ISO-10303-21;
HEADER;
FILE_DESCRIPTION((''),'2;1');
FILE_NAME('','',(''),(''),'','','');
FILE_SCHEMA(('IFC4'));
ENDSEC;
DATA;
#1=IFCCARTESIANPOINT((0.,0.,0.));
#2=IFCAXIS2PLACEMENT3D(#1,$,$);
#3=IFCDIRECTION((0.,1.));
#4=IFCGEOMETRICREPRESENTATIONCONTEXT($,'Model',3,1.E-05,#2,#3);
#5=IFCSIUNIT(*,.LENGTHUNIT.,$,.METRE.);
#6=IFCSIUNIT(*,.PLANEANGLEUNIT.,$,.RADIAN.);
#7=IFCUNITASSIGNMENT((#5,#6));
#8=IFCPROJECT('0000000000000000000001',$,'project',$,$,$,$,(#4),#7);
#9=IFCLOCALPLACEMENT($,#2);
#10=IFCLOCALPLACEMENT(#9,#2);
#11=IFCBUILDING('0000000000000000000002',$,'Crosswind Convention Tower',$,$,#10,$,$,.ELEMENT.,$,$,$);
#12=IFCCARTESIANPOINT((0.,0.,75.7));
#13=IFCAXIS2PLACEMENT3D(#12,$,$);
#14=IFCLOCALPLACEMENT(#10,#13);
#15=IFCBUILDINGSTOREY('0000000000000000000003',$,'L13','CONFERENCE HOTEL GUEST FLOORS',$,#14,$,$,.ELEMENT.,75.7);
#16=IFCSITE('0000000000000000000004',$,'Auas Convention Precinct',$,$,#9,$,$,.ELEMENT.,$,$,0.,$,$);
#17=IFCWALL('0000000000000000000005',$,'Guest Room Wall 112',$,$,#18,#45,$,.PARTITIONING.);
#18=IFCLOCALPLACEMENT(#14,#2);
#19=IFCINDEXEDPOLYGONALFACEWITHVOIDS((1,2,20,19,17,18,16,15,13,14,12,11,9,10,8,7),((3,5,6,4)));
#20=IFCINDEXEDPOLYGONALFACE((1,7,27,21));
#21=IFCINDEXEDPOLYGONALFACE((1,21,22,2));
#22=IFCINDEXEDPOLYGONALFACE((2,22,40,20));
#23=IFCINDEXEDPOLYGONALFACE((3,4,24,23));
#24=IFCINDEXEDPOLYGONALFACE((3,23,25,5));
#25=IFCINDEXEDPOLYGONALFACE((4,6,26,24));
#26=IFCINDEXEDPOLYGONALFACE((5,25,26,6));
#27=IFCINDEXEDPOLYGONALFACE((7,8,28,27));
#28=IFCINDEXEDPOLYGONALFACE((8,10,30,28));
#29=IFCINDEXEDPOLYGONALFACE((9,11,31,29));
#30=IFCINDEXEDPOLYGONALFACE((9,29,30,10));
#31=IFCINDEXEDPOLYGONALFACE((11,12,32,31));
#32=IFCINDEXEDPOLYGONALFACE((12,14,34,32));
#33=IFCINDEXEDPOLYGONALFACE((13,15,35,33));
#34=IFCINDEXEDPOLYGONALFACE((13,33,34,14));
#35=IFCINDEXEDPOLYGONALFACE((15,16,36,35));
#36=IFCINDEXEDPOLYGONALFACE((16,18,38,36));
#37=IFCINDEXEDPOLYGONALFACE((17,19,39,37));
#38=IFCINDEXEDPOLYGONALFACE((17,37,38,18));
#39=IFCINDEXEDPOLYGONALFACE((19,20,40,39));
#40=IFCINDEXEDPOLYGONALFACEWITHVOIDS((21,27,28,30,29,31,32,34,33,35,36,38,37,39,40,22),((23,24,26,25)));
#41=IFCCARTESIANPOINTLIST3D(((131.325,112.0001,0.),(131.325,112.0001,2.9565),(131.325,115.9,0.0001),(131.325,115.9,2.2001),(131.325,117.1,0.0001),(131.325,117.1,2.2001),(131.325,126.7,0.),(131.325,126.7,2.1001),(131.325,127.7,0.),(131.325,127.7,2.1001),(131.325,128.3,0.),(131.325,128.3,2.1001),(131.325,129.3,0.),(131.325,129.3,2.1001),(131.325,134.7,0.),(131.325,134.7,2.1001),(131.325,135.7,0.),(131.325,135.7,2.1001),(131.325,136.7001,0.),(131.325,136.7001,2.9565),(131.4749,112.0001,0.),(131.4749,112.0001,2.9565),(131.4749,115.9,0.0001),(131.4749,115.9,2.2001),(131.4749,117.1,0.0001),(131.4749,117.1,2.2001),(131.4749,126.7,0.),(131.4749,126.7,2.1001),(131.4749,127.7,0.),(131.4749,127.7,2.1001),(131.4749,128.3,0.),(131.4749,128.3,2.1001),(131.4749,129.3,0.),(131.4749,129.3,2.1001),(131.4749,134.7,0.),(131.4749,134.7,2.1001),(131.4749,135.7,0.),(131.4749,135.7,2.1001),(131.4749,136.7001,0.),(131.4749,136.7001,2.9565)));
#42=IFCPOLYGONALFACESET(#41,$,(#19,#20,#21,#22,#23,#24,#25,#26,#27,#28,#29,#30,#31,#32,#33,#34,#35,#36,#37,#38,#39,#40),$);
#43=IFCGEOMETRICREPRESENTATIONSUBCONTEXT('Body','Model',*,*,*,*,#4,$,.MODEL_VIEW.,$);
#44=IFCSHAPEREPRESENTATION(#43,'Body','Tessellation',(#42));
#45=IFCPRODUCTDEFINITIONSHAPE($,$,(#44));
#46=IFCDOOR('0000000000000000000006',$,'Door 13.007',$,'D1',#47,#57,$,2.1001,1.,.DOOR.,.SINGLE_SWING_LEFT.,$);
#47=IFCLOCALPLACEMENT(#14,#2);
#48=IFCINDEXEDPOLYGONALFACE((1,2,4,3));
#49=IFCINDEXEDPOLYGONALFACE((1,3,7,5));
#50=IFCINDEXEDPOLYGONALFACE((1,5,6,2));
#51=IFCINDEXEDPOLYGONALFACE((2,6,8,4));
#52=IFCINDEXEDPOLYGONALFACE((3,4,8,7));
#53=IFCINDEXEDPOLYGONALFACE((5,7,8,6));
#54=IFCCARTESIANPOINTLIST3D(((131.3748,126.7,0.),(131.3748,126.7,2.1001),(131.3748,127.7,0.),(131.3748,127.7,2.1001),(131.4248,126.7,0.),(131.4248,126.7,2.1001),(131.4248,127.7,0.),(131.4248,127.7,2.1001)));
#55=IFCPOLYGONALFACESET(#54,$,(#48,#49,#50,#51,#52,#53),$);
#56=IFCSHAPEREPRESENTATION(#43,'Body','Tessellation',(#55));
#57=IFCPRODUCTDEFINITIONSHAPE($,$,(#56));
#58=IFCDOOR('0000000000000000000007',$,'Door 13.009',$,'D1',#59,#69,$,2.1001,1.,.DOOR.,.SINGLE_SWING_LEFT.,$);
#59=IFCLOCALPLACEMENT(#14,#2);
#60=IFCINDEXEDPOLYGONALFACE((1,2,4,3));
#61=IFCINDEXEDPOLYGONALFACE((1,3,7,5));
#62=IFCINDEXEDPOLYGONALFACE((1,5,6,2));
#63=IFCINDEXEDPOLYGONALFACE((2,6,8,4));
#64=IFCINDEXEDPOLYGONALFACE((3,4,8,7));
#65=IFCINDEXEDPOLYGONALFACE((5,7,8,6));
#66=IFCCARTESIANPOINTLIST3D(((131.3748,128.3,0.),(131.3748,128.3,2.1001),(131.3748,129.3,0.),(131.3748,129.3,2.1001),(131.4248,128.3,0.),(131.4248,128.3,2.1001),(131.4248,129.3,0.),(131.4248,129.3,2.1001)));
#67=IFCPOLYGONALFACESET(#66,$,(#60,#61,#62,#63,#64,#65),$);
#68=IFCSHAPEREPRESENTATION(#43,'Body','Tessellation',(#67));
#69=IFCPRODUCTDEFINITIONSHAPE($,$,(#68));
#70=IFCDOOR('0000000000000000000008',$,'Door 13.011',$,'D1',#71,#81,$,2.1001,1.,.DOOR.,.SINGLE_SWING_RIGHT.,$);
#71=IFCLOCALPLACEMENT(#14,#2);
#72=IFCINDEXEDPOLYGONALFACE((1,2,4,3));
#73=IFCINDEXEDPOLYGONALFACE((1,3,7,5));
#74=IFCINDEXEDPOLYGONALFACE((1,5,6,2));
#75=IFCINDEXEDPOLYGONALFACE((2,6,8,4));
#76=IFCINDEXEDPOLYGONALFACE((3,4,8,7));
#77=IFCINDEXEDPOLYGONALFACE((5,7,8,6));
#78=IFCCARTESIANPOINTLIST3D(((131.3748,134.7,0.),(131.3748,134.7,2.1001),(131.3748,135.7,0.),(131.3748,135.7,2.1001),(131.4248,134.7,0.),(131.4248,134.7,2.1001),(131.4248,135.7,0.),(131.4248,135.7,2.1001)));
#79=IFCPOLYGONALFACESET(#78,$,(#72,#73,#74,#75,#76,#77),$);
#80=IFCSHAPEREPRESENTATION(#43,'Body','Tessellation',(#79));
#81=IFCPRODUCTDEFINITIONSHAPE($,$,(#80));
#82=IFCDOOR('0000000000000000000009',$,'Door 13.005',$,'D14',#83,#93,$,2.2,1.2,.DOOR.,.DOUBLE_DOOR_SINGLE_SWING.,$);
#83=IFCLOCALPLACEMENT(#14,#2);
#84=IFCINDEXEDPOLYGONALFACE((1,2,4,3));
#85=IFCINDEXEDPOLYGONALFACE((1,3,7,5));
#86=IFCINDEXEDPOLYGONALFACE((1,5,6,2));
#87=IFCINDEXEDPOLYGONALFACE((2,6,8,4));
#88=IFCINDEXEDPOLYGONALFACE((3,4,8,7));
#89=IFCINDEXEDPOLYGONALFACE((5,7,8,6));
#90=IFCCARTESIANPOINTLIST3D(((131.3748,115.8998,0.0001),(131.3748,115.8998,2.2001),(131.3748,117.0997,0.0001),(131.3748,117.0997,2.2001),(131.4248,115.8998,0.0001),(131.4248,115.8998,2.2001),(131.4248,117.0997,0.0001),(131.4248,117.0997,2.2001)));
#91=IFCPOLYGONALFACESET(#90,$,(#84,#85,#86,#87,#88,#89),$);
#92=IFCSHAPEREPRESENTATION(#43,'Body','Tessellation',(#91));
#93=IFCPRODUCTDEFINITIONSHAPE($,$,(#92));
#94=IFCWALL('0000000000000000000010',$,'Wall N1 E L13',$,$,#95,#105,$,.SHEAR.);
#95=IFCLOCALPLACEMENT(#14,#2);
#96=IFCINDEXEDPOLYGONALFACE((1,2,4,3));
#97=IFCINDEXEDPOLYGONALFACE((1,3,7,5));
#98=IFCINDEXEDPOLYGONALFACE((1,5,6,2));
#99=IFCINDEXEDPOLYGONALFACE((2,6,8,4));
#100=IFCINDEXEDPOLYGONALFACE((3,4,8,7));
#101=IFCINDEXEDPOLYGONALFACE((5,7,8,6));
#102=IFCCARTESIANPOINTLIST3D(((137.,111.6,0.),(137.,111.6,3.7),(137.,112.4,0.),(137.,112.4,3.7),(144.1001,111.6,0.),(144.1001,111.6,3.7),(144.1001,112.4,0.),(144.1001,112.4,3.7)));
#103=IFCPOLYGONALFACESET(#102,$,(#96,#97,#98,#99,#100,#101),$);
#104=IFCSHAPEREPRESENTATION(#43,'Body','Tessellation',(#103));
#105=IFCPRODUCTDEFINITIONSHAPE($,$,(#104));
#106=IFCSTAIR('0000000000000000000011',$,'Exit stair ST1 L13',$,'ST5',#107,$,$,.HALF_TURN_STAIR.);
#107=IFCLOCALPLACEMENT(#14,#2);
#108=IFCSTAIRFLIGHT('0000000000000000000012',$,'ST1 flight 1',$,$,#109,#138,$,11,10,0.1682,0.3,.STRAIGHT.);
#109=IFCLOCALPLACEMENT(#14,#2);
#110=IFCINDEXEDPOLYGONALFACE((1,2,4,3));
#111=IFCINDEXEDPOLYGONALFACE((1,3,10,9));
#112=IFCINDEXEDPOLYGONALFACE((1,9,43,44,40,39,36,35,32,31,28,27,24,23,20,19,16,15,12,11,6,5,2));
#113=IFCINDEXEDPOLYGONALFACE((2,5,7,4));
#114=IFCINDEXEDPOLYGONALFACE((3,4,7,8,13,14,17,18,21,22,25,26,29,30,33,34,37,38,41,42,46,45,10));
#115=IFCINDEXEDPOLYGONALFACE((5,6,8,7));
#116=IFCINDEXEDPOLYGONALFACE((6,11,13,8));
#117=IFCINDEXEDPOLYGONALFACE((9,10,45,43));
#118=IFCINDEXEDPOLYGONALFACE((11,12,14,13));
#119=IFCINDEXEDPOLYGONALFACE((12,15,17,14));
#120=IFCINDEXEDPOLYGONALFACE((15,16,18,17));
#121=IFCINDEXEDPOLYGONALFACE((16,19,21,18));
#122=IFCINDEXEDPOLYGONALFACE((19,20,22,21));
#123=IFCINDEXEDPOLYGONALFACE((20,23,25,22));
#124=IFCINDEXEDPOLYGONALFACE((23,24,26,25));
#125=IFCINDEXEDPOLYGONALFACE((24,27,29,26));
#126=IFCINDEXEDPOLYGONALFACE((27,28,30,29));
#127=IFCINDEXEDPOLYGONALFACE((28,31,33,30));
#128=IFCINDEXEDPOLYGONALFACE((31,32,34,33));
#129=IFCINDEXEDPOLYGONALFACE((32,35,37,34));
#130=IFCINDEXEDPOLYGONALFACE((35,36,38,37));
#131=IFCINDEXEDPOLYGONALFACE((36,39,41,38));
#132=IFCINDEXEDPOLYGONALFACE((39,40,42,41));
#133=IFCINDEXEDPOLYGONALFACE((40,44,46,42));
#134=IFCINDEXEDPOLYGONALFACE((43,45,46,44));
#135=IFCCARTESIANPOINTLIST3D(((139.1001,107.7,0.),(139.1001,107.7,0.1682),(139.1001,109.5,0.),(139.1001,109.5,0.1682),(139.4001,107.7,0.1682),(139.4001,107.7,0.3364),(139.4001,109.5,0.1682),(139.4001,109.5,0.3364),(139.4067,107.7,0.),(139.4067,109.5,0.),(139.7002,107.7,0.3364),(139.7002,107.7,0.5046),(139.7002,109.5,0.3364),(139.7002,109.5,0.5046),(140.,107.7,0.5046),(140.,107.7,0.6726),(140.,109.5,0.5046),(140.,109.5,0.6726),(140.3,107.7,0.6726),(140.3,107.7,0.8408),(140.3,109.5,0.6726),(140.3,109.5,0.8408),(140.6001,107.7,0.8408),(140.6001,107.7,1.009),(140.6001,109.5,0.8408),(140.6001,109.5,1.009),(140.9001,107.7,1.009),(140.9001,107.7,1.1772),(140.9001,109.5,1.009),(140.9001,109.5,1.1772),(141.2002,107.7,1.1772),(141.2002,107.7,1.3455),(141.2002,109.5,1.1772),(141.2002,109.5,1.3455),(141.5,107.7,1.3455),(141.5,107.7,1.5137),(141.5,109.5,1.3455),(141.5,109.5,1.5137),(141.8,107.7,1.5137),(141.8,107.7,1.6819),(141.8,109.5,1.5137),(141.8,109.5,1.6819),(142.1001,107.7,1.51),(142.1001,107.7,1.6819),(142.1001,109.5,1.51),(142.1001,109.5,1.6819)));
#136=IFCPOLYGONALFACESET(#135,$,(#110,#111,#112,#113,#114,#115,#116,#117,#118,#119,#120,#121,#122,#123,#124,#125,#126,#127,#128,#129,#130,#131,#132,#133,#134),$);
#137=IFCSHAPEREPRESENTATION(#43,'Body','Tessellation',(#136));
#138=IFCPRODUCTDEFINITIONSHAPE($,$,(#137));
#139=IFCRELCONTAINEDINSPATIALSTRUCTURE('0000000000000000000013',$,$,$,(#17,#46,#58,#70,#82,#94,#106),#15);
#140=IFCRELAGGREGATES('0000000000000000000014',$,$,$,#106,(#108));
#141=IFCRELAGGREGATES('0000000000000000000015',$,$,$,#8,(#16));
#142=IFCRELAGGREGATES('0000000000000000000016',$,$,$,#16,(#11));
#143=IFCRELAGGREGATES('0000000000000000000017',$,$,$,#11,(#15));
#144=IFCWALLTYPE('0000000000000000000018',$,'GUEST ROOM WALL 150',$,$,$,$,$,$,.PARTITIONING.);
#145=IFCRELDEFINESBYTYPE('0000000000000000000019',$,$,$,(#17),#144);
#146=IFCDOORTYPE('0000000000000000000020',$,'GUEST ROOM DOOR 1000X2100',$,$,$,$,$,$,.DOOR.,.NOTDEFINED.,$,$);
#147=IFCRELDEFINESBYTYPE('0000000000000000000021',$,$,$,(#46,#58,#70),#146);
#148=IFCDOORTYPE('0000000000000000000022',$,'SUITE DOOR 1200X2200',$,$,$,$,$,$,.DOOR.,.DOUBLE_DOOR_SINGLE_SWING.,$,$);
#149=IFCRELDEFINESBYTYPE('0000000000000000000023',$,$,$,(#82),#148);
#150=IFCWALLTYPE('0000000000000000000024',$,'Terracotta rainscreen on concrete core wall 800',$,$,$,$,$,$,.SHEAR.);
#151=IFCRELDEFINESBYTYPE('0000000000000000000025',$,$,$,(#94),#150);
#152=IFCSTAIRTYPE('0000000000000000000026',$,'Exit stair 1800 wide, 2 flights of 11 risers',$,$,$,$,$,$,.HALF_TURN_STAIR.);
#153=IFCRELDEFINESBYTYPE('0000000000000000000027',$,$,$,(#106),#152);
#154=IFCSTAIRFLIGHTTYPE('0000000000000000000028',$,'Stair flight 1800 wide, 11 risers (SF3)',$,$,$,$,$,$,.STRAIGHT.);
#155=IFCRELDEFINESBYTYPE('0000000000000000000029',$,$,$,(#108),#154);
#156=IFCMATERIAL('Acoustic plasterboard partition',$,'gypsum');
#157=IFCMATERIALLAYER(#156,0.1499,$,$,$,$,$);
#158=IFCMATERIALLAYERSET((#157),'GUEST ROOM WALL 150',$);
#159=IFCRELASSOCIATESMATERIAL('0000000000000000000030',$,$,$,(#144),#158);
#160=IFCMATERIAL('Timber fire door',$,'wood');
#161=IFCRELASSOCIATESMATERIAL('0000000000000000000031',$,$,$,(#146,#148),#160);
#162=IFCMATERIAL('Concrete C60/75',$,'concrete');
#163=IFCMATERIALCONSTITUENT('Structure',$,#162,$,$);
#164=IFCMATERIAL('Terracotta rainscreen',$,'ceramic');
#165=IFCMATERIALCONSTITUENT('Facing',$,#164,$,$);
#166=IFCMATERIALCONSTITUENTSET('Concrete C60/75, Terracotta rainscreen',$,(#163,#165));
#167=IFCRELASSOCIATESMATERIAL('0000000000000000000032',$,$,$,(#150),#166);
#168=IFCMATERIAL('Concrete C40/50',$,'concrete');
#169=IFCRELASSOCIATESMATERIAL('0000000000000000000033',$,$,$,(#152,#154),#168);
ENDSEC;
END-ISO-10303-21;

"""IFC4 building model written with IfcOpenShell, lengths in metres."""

from ifc_helpers import new_model, si_unit, direction, frame, frame_2d, origin, place, context, subcontext, project, spatial, polyline, rectangle, outline, extrude, material, layer, layer_set, constituent, constituent_set, type_object, element, fill, aggregate, save


model = new_model("IFC4")

# Units and contexts
model_context = context("Model", 3, precision=1e-05, world=origin(), true_north=direction((0.0, 1.0)))
body_context = subcontext(model_context, "Body", "Model", "MODEL_VIEW")
ifc_project = project(units=[si_unit("LENGTHUNIT", "METRE"), si_unit("PLANEANGLEUNIT", "RADIAN")], contexts=[model_context])

# Site, building, storey
site_placement = place(None, origin())
site = spatial("IfcSite", under=ifc_project, at=site_placement, Name="Auas Convention Precinct", CompositionType="ELEMENT", RefElevation=0.0)
building_placement = place(site_placement, origin())
building = spatial("IfcBuilding", under=site, at=building_placement, Name="Crosswind Convention Tower", CompositionType="ELEMENT")
storey_placement = place(building_placement, frame((0.0, 0.0, 75.7)))
storey = spatial("IfcBuildingStorey", under=building, at=storey_placement, Name="L13", Description="CONFERENCE HOTEL GUEST FLOORS", CompositionType="ELEMENT", Elevation=75.7)

# Shared definitions
ifc_material_1 = material(Name="Acoustic plasterboard partition", Category="gypsum")
ifc_layer_1 = layer(ifc_material_1, 0.1499)
ifc_layer_set_1 = layer_set([ifc_layer_1], Name="GUEST ROOM WALL 150")
wall_type_1 = type_object("IfcWallType", Name="GUEST ROOM WALL 150", PredefinedType="PARTITIONING", material=ifc_layer_set_1)

# Wall, openings, doors
wall_1_placement = place(storey_placement, frame((131.3999, 112.0, 0.0), z_axis=(0.0, 0.0, 1.0), x_axis=(0.0, 1.0, 0.0)))
wall_1 = element("IfcWall", 1, at=wall_1_placement, inside=storey, type_object=wall_type_1, Name="Guest Room Wall 112", PredefinedType="PARTITIONING", context=body_context, shape_type="SweptSolid", body=[
    extrude(rectangle(XDim=24.7, YDim=0.1499, at=frame_2d((12.3501, 0.0))), origin(), (0.0, 0.0, 1.0), 2.9565),
])
opening_1_placement = place(wall_1_placement, frame((3.8999, 0.0, 0.0)))
opening_1 = element("IfcOpeningElement", 2, at=opening_1_placement, cuts=wall_1, PredefinedType="OPENING", context=body_context, shape_type="SweptSolid", body=[
    extrude(rectangle(XDim=1.2, YDim=2.2, at=frame_2d((0.6001, 1.1001))), frame((0.0, 0.085, 0.0), z_axis=(0.0, -1.0, 0.0), x_axis=(1.0, 0.0, 0.0)), (0.0, 0.0, 1.0), 0.1699),
])
opening_2_placement = place(wall_1_placement, frame((14.7, 0.0, 0.0)))
opening_2 = element("IfcOpeningElement", 3, at=opening_2_placement, cuts=wall_1, PredefinedType="OPENING", context=body_context, shape_type="SweptSolid", body=[
    extrude(rectangle(XDim=1.0, YDim=2.1001, at=frame_2d((0.5, 1.05))), frame((0.0, 0.085, 0.0), z_axis=(0.0, -1.0, 0.0), x_axis=(1.0, 0.0, 0.0)), (0.0, 0.0, 1.0), 0.1699),
])
opening_3_placement = place(wall_1_placement, frame((16.3, 0.0, 0.0)))
opening_3 = element("IfcOpeningElement", 4, at=opening_3_placement, cuts=wall_1, PredefinedType="OPENING", context=body_context, shape_type="SweptSolid", body=[
    extrude(rectangle(XDim=1.0, YDim=2.1001, at=frame_2d((0.5, 1.05))), frame((0.0, 0.085, 0.0), z_axis=(0.0, -1.0, 0.0), x_axis=(1.0, 0.0, 0.0)), (0.0, 0.0, 1.0), 0.1699),
])
opening_4_placement = place(wall_1_placement, frame((22.7, 0.0, 0.0)))
opening_4 = element("IfcOpeningElement", 5, at=opening_4_placement, cuts=wall_1, PredefinedType="OPENING", context=body_context, shape_type="SweptSolid", body=[
    extrude(rectangle(XDim=1.0, YDim=2.1001, at=frame_2d((0.5, 1.05))), frame((0.0, 0.085, 0.0), z_axis=(0.0, -1.0, 0.0), x_axis=(1.0, 0.0, 0.0)), (0.0, 0.0, 1.0), 0.1699),
])
ifc_material_2 = material(Name="Timber fire door", Category="wood")
door_type_1 = type_object("IfcDoorType", Name="GUEST ROOM DOOR 1000X2100", OperationType="NOTDEFINED", PredefinedType="DOOR", material=ifc_material_2)
door_1_placement = place(opening_2_placement, frame((1.0, 0.0, 0.0), z_axis=(0.0, 0.0, 1.0), x_axis=(-1.0, 0.0, 0.0)))
door_1 = element("IfcDoor", 6, at=door_1_placement, inside=storey, type_object=door_type_1, Name="Door 13.007", ObjectType="D1", OperationType="SINGLE_SWING_LEFT", OverallHeight=2.1001, OverallWidth=1.0, PredefinedType="DOOR", context=body_context, shape_type="SweptSolid", body=[
    extrude(rectangle(XDim=1.0, YDim=2.1001, at=frame_2d((0.5, 1.05))), frame((0.0, 0.0249, 0.0), z_axis=(0.0, -1.0, 0.0), x_axis=(1.0, 0.0, 0.0)), (0.0, 0.0, 1.0), 0.05),
])
fill(opening_2, door_1)
door_2_placement = place(opening_3_placement, frame((1.0, 0.0, 0.0), z_axis=(0.0, 0.0, 1.0), x_axis=(-1.0, 0.0, 0.0)))
door_2 = element("IfcDoor", 7, at=door_2_placement, inside=storey, type_object=door_type_1, Name="Door 13.009", ObjectType="D1", OperationType="SINGLE_SWING_LEFT", OverallHeight=2.1001, OverallWidth=1.0, PredefinedType="DOOR", context=body_context, shape_type="SweptSolid", body=[
    extrude(rectangle(XDim=1.0, YDim=2.1001, at=frame_2d((0.5, 1.05))), frame((0.0, 0.0249, 0.0), z_axis=(0.0, -1.0, 0.0), x_axis=(1.0, 0.0, 0.0)), (0.0, 0.0, 1.0), 0.05),
])
fill(opening_3, door_2)
door_3_placement = place(opening_4_placement, frame((1.0, 0.0, 0.0), z_axis=(0.0, 0.0, 1.0), x_axis=(-1.0, 0.0, 0.0)))
door_3 = element("IfcDoor", 8, at=door_3_placement, inside=storey, type_object=door_type_1, Name="Door 13.011", ObjectType="D1", OperationType="SINGLE_SWING_RIGHT", OverallHeight=2.1001, OverallWidth=1.0, PredefinedType="DOOR", context=body_context, shape_type="SweptSolid", body=[
    extrude(rectangle(XDim=1.0, YDim=2.1001, at=frame_2d((0.5, 1.05))), frame((0.0, 0.0249, 0.0), z_axis=(0.0, -1.0, 0.0), x_axis=(1.0, 0.0, 0.0)), (0.0, 0.0, 1.0), 0.05),
])
fill(opening_4, door_3)
door_type_2 = type_object("IfcDoorType", Name="SUITE DOOR 1200X2200", OperationType="DOUBLE_DOOR_SINGLE_SWING", PredefinedType="DOOR", material=ifc_material_2)
door_4_placement = place(opening_1_placement, frame((1.2, 0.0, 0.0), z_axis=(0.0, 0.0, 1.0), x_axis=(-1.0, 0.0, 0.0)))
door_4 = element("IfcDoor", 9, at=door_4_placement, inside=storey, type_object=door_type_2, Name="Door 13.005", ObjectType="D14", OperationType="DOUBLE_DOOR_SINGLE_SWING", OverallHeight=2.2, OverallWidth=1.2, PredefinedType="DOOR", context=body_context, shape_type="SweptSolid", body=[
    extrude(rectangle(XDim=1.2, YDim=2.2, at=frame_2d((0.6001, 1.1001))), frame((0.0, 0.0249, 0.0), z_axis=(0.0, -1.0, 0.0), x_axis=(1.0, 0.0, 0.0)), (0.0, 0.0, 1.0), 0.05),
])
fill(opening_1, door_4)

# Shared definitions
ifc_material_3 = material(Name="Terracotta rainscreen", Category="ceramic")

# Wall
ifc_material_4 = material(Name="Concrete C60/75", Category="concrete")
ifc_constituent_1 = constituent(ifc_material_4, Name="Structure")
ifc_constituent_2 = constituent(ifc_material_3, Name="Facing")
ifc_constituent_set = constituent_set(constituents=[ifc_constituent_1, ifc_constituent_2], Name="Concrete C60/75, Terracotta rainscreen")
wall_type_2 = type_object("IfcWallType", Name="Terracotta rainscreen on concrete core wall 800", PredefinedType="SHEAR", material=ifc_constituent_set)
wall_2_placement = place(storey_placement, frame((137.0, 112.0, 0.0), z_axis=(0.0, 0.0, 1.0), x_axis=(1.0, 0.0, 0.0)))
element("IfcWall", 10, at=wall_2_placement, inside=storey, type_object=wall_type_2, Name="Wall N1 E L13", PredefinedType="SHEAR", context=body_context, shape_type="SweptSolid", body=[
    extrude(rectangle(XDim=7.1001, YDim=0.8, at=frame_2d((3.55, 0.0))), origin(), (0.0, 0.0, 1.0), 3.7),
])

# Stair, stair flight
ifc_material_5 = material(Name="Concrete C40/50", Category="concrete")
stair_type = type_object("IfcStairType", Name="Exit stair 1800 wide, 2 flights of 11 risers", PredefinedType="HALF_TURN_STAIR", material=ifc_material_5)
stair_placement = place(storey_placement, origin())
stair = element("IfcStair", 11, at=stair_placement, inside=storey, type_object=stair_type, Name="Exit stair ST1 L13", ObjectType="ST5", PredefinedType="HALF_TURN_STAIR")
stair_flight_type = type_object("IfcStairFlightType", Name="Stair flight 1800 wide, 11 risers (SF3)", PredefinedType="STRAIGHT", material=ifc_material_5)
stair_flight_placement = place(storey_placement, frame((139.1001, 108.6001, 0.0), z_axis=(0.0, 0.0, 1.0), x_axis=(1.0, 0.0, 0.0)))
stair_flight = element("IfcStairFlight", 12, at=stair_flight_placement, type_object=stair_flight_type, Name="ST1 flight 1", NumberOfRisers=11, NumberOfTreads=10, PredefinedType="STRAIGHT", RiserHeight=0.1682, TreadLength=0.3, context=body_context, shape_type="SweptSolid", body=[
    extrude(outline(polyline([(0.0, 0.0), (0.0, 0.1682), (0.3, 0.1682), (0.3, 0.3364), (0.6001, 0.3364), (0.6001, 0.5046), (0.8999, 0.5046), (0.8999, 0.6726), (1.2, 0.6726), (1.2, 0.8408), (1.5, 0.8408), (1.5, 1.009), (1.8, 1.009), (1.8, 1.1772), (2.1001, 1.1772), (2.1001, 1.3455), (2.3999, 1.3455), (2.3999, 1.5137), (2.7, 1.5137), (2.7, 1.6819), (3.0, 1.6819), (3.0, 1.8501), (3.0, 1.51), (0.3066, 0.0), (0.0, 0.0)])), frame((0.0, 0.8999, 0.0), z_axis=(0.0, -1.0, 0.0), x_axis=(1.0, 0.0, 0.0)), (0.0, 0.0, 1.0), 1.8),
])
aggregate(stair, [stair_flight])

save(model, "model.ifc")
